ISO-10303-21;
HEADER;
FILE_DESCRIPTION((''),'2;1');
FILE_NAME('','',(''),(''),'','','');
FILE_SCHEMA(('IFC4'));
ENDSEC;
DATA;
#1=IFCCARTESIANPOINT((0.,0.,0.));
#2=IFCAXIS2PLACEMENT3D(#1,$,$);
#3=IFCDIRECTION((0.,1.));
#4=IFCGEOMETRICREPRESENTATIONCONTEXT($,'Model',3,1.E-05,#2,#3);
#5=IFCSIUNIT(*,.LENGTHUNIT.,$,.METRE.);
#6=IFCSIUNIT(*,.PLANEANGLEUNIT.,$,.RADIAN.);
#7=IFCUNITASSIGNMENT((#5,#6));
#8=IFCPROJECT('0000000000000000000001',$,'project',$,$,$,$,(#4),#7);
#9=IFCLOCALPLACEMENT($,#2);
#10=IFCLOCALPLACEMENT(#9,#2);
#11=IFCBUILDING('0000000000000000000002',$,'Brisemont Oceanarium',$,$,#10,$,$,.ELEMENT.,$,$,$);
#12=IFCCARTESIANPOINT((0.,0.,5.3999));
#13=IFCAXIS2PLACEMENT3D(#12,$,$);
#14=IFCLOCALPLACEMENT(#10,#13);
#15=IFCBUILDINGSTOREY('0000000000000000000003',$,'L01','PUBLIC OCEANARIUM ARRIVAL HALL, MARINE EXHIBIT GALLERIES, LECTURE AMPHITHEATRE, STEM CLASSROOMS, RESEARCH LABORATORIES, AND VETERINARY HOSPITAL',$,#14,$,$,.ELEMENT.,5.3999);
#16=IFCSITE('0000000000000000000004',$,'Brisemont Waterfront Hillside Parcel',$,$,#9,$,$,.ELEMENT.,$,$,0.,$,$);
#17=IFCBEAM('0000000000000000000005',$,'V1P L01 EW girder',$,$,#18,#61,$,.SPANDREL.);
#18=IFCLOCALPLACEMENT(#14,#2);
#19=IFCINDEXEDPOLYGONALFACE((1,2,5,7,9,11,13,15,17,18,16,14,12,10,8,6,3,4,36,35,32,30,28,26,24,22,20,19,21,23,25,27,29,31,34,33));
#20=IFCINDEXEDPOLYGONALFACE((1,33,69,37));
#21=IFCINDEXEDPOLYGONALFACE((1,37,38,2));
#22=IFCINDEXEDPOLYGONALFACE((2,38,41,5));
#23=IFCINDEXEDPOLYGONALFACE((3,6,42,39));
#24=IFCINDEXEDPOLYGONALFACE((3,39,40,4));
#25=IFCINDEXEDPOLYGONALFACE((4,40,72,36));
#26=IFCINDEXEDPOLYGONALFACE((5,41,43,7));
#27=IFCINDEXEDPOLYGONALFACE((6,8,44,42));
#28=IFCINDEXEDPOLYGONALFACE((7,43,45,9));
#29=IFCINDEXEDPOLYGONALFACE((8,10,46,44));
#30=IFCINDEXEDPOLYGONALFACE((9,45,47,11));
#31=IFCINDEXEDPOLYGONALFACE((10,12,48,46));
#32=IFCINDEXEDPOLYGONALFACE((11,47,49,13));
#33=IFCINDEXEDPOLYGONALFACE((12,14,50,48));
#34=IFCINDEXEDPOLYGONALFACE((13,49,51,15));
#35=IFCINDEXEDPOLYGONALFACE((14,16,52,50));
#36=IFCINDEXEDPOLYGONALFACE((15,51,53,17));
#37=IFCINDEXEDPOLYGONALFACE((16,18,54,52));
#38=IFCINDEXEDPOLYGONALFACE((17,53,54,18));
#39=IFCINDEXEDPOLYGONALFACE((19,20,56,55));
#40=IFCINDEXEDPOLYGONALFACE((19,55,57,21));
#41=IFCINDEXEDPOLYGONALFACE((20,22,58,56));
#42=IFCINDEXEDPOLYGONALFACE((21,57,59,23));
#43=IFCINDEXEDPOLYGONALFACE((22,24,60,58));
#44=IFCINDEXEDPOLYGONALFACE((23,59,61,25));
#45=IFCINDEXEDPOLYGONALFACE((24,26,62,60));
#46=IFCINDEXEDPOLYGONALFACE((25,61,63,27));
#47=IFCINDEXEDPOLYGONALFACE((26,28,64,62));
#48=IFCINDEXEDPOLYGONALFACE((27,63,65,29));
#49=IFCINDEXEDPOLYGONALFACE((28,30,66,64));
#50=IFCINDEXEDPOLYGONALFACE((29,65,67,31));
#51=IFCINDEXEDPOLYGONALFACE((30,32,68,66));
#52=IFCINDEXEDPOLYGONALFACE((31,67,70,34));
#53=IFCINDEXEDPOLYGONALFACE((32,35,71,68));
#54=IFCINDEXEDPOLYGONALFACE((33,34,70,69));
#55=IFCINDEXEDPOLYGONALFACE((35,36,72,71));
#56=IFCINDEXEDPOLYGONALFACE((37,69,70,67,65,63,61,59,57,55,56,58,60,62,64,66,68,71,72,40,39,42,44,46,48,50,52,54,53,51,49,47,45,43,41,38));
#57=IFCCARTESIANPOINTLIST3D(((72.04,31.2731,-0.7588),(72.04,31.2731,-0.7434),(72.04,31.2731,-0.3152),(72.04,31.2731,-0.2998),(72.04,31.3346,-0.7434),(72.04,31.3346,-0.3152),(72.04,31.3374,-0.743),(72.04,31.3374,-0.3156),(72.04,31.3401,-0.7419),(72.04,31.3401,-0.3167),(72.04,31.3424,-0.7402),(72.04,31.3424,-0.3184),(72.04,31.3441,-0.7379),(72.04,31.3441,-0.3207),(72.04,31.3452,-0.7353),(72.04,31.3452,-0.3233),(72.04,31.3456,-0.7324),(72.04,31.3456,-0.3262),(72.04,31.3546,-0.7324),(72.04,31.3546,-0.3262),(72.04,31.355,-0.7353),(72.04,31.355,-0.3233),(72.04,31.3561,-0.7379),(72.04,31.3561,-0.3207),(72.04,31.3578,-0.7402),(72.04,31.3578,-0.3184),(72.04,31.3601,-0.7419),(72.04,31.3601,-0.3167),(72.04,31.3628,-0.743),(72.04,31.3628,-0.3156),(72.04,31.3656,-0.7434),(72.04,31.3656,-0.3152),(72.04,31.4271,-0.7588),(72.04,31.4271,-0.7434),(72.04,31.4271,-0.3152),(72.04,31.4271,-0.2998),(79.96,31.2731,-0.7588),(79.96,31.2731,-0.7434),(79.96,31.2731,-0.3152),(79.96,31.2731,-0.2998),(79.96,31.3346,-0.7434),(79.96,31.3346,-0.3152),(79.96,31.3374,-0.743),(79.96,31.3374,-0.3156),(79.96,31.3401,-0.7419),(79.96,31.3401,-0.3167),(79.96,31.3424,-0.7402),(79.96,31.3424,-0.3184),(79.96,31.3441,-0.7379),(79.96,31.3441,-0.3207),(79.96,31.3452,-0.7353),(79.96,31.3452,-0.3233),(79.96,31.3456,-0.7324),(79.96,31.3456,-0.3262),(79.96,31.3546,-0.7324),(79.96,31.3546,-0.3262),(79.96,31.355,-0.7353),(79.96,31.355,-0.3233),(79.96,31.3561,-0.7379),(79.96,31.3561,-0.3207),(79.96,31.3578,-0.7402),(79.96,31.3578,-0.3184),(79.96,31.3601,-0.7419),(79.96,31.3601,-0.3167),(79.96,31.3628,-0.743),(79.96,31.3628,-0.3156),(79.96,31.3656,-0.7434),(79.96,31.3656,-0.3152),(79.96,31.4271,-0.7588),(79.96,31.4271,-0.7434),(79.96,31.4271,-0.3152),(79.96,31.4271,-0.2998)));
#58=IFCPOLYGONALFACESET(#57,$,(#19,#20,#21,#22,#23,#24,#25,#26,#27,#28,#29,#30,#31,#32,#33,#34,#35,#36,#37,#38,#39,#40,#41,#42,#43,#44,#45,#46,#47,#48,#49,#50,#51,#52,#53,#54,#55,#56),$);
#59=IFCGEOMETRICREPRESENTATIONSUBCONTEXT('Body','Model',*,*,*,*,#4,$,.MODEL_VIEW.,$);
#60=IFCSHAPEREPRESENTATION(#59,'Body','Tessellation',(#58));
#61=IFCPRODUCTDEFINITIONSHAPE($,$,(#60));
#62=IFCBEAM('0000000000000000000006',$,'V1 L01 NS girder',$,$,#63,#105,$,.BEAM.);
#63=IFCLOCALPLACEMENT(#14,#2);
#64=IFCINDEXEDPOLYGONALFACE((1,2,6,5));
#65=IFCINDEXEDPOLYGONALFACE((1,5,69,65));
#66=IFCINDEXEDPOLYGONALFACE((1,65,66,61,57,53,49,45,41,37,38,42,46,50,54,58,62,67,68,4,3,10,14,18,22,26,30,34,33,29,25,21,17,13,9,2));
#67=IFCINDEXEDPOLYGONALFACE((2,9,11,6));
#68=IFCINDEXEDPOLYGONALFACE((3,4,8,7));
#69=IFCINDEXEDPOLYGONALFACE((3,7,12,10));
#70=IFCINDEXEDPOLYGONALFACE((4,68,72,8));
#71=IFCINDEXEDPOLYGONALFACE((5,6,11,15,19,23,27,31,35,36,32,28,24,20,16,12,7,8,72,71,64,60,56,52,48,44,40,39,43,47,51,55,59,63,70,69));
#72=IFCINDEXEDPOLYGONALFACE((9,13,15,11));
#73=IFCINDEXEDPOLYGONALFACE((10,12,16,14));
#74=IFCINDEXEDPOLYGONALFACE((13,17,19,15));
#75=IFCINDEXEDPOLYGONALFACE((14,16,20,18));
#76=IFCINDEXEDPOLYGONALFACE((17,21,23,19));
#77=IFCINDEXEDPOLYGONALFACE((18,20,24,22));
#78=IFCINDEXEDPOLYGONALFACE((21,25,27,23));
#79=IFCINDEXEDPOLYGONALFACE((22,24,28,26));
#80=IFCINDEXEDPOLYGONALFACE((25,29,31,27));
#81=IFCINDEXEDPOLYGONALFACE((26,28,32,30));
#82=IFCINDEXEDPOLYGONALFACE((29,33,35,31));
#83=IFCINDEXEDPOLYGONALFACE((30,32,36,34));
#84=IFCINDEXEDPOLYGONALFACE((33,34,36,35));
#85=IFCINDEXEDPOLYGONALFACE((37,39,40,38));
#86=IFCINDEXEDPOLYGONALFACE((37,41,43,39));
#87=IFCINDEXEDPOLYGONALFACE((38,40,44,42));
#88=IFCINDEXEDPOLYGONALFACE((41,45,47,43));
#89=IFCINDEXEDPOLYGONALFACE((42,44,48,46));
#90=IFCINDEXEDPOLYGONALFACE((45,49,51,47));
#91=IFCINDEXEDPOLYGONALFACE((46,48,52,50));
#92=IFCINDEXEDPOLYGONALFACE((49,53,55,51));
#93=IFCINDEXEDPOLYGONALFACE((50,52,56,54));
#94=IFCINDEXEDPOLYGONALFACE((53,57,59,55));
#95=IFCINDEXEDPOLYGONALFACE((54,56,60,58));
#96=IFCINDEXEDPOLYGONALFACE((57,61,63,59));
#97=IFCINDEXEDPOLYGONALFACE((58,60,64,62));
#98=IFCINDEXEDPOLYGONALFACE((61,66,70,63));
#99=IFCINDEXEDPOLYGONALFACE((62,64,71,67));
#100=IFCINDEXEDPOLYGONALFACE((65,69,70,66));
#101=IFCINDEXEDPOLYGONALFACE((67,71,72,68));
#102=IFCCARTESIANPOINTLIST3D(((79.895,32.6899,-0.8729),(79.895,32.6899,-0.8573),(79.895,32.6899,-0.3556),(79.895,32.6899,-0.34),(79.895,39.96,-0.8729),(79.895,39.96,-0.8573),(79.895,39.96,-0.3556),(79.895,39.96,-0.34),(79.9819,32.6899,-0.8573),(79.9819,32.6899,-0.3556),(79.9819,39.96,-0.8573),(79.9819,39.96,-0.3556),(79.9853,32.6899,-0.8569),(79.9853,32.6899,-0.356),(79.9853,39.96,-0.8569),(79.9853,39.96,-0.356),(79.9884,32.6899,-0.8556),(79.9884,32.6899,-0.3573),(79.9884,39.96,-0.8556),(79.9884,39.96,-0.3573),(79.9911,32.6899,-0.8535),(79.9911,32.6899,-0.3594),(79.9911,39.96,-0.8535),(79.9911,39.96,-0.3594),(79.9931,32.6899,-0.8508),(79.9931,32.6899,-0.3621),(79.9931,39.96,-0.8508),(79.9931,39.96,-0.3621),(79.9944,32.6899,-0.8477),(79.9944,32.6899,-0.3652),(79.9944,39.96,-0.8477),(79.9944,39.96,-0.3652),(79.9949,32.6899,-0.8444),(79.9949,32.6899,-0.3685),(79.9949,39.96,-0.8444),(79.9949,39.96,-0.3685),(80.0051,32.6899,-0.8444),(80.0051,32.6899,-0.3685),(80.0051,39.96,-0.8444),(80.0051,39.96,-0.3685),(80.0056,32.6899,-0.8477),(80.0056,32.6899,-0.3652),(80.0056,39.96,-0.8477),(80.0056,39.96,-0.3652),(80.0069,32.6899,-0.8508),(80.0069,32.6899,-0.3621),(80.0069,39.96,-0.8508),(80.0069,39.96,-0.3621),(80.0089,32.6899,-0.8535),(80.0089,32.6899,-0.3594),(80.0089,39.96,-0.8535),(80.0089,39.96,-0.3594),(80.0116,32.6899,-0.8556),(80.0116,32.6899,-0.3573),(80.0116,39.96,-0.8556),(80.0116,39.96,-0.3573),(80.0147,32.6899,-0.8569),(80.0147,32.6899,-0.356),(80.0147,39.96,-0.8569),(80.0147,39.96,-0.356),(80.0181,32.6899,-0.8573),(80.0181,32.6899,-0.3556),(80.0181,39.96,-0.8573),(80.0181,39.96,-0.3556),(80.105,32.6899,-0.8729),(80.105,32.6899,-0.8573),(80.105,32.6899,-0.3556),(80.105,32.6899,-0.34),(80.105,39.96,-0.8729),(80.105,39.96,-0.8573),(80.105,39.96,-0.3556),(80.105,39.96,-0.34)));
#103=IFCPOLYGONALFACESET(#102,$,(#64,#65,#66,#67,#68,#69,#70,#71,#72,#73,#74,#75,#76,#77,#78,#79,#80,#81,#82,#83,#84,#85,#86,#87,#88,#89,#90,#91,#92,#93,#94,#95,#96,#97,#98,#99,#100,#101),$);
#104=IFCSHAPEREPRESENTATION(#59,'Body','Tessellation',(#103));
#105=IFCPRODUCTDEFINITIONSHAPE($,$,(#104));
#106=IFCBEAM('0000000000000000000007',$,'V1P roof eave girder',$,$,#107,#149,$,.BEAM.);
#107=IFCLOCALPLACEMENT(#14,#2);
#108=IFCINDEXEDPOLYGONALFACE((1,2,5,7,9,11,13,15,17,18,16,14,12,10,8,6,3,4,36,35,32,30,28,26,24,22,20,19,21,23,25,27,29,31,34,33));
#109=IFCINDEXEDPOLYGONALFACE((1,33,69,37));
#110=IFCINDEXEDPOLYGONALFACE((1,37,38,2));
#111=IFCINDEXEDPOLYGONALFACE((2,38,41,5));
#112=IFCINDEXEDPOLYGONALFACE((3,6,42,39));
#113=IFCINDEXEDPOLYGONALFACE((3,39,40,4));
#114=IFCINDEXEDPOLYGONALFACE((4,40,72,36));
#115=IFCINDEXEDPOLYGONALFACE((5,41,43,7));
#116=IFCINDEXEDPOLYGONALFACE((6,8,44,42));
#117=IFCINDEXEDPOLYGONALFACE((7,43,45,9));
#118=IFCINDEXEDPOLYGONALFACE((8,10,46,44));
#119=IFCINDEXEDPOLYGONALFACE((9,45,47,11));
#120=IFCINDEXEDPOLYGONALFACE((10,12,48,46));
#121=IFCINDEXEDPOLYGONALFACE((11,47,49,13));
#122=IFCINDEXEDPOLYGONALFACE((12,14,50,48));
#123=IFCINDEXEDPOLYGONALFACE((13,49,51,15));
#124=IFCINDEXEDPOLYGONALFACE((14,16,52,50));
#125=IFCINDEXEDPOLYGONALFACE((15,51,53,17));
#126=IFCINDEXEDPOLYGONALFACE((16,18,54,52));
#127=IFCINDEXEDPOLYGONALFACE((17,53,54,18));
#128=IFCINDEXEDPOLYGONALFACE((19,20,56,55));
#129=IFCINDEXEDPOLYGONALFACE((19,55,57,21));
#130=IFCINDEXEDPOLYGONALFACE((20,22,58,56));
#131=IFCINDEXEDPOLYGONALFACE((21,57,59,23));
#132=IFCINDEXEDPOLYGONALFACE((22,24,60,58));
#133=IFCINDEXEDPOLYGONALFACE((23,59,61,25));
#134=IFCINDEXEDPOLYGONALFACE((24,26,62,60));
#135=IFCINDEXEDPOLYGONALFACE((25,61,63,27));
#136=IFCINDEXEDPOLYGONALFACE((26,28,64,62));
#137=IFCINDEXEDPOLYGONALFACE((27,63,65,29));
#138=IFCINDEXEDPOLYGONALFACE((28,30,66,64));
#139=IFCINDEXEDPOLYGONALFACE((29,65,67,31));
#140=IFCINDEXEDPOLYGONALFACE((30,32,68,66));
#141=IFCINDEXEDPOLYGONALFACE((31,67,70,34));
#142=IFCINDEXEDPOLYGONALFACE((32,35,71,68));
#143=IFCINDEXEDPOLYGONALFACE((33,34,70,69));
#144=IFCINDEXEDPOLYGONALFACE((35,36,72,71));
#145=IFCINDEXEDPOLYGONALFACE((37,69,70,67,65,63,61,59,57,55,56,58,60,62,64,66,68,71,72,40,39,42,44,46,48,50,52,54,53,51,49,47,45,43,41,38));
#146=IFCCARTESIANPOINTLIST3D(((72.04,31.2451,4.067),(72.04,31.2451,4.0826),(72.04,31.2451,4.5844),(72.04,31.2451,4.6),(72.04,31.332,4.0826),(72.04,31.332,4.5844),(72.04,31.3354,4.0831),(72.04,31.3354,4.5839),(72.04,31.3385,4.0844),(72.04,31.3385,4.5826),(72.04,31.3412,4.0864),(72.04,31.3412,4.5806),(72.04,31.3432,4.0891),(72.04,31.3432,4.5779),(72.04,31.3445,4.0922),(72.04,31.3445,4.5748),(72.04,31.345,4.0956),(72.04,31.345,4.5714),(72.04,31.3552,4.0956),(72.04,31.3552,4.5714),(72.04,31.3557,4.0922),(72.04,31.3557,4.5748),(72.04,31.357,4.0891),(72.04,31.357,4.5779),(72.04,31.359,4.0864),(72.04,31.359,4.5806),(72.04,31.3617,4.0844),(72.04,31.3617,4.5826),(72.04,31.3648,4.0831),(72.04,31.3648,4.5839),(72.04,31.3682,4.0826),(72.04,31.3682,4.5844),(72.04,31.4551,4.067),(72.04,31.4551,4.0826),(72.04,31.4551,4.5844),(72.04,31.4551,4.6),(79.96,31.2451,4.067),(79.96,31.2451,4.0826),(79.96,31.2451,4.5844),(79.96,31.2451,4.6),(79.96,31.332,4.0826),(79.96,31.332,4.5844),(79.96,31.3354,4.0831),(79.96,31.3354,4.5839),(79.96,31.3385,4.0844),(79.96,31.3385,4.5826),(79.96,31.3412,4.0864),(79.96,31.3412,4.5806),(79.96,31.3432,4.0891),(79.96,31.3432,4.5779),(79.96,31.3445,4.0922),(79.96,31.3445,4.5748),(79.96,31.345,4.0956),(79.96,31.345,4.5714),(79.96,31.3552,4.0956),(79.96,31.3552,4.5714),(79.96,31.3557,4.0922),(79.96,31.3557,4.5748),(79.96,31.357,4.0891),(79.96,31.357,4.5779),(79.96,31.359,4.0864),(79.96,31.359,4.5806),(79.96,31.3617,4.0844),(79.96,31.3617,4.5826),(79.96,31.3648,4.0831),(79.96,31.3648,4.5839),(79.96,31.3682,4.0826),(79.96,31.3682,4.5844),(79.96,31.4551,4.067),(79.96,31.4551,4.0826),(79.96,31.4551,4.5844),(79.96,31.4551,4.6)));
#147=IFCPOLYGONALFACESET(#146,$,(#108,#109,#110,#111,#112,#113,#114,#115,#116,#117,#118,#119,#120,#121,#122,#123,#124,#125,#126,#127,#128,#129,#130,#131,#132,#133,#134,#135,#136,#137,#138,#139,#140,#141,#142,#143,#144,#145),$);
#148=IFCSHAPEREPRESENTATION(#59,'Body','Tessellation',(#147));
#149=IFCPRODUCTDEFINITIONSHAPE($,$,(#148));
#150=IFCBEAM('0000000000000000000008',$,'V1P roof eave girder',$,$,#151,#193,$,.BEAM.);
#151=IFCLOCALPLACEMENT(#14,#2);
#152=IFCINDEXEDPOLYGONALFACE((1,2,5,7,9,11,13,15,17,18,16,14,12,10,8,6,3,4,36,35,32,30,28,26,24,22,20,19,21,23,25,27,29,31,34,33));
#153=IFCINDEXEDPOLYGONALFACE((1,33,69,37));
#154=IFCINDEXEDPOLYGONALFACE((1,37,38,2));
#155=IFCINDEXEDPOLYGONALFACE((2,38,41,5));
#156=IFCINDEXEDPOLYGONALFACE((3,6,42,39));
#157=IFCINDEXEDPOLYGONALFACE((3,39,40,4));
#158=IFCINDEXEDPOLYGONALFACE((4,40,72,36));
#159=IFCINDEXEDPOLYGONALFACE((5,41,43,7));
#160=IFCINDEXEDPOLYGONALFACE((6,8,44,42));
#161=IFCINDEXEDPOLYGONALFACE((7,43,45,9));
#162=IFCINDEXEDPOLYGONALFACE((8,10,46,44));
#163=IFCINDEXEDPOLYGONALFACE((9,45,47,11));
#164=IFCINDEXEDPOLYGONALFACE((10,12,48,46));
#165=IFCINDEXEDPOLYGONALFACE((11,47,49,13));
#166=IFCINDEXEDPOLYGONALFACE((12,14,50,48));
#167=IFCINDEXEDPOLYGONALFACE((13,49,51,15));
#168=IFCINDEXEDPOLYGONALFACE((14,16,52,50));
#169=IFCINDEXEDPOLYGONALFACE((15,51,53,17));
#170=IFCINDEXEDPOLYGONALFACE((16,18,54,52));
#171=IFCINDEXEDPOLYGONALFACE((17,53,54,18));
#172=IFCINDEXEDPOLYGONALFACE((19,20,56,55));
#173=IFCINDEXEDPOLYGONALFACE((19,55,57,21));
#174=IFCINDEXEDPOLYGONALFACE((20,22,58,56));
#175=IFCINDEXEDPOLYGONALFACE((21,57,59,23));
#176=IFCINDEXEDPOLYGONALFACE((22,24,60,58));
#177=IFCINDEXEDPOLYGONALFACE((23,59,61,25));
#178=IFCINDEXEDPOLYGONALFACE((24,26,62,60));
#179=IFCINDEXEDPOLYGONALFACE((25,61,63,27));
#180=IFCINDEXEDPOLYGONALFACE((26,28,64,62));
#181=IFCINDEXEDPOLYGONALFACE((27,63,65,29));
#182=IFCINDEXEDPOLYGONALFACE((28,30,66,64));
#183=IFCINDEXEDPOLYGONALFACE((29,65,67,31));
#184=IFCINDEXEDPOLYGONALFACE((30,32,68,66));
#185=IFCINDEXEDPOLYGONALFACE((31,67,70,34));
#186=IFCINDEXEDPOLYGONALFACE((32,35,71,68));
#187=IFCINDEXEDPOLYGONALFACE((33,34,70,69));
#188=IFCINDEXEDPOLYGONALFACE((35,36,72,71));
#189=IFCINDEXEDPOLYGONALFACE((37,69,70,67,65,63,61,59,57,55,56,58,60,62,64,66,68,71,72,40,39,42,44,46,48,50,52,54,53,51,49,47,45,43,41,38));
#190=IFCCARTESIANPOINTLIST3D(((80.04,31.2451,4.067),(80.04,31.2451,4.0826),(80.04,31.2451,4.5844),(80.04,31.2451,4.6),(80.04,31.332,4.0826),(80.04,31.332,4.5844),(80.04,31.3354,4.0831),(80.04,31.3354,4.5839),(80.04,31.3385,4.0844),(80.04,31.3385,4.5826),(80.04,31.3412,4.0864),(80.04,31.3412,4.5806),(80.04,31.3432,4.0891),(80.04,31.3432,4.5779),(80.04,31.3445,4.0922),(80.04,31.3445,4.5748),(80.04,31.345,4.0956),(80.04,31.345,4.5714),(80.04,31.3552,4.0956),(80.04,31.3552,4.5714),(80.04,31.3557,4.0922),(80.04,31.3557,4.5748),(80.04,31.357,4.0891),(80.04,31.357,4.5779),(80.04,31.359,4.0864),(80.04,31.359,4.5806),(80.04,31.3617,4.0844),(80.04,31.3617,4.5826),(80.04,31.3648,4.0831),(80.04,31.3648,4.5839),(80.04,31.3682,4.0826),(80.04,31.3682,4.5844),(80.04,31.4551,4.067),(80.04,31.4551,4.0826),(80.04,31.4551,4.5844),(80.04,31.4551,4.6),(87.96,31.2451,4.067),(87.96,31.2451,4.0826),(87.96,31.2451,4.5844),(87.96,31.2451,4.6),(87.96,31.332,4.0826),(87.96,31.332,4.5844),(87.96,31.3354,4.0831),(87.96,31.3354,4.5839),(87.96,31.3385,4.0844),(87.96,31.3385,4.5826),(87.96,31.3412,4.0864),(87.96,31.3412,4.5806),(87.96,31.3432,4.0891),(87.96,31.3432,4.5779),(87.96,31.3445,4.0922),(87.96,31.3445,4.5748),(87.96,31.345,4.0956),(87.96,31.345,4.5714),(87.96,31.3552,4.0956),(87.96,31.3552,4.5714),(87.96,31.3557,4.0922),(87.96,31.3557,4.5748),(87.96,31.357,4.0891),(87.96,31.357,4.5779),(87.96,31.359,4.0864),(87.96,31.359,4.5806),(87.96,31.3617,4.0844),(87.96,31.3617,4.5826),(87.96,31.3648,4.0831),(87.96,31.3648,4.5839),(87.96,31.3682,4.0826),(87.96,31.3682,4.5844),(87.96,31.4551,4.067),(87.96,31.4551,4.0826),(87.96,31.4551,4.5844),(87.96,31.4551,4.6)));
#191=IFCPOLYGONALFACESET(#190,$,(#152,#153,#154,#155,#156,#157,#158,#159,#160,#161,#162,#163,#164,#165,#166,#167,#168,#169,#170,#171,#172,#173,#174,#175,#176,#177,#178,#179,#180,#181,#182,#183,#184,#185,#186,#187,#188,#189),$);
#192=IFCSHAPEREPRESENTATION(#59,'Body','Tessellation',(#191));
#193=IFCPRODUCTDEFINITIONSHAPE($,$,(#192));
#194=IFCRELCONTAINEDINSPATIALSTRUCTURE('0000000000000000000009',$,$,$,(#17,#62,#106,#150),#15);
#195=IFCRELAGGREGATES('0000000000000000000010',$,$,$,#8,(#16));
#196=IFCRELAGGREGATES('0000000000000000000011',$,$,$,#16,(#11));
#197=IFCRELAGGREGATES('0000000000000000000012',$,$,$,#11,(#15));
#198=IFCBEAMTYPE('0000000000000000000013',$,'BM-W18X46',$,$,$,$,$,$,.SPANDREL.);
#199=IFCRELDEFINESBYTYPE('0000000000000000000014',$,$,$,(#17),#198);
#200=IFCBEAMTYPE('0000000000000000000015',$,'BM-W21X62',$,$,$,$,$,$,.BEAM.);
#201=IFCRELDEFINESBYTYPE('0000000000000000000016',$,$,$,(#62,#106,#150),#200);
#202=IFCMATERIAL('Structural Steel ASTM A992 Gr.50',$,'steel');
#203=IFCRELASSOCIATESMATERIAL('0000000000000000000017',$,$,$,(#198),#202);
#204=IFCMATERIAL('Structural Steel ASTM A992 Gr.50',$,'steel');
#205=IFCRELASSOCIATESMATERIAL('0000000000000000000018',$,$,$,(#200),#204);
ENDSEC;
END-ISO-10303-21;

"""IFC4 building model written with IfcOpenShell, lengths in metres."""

from ifc_helpers import new_model, si_unit, direction, frame, origin, origin_2d, place, context, subcontext, project, spatial, i_section, extrude, material, material_profile, profile_set, type_object, element, save


model = new_model("IFC4")

# Units and contexts
model_context = context("Model", 3, precision=1e-05, world=origin(), true_north=direction((0.0, 1.0)))
body_context = subcontext(model_context, "Body", "Model", "MODEL_VIEW")
ifc_project = project(units=[si_unit("LENGTHUNIT", "METRE"), si_unit("PLANEANGLEUNIT", "RADIAN")], contexts=[model_context])

# Site, building, storey
site_placement = place(None, origin())
site = spatial("IfcSite", under=ifc_project, at=site_placement, Name="Brisemont Waterfront Hillside Parcel", CompositionType="ELEMENT", RefElevation=0.0)
building_placement = place(site_placement, origin())
building = spatial("IfcBuilding", under=site, at=building_placement, Name="Brisemont Oceanarium", CompositionType="ELEMENT")
storey_placement = place(building_placement, frame((0.0, 0.0, 5.3999)))
storey = spatial("IfcBuildingStorey", under=building, at=storey_placement, Name="L01", Description="PUBLIC OCEANARIUM ARRIVAL HALL, MARINE EXHIBIT GALLERIES, LECTURE AMPHITHEATRE, STEM CLASSROOMS, RESEARCH LABORATORIES, AND VETERINARY HOSPITAL", CompositionType="ELEMENT", Elevation=5.3999)

# Beams
ifc_material_1 = material(Name="Structural Steel ASTM A992 Gr.50", Category="steel")
ifc_material_profile_1 = material_profile(ifc_material_1, i_section(OverallWidth=0.1541, OverallDepth=0.459, WebThickness=0.009, FlangeThickness=0.0154, FilletRadius=0.011, at=origin_2d()), Name="W18X46")
ifc_profile_set_1 = profile_set([ifc_material_profile_1], Name="Structural Steel ASTM A992 Gr.50")
beam_type_1 = type_object("IfcBeamType", Name="BM-W18X46", PredefinedType="SPANDREL", material=ifc_profile_set_1)
for number, where, z_axis, x_axis, name in (
    (1, (72.04, 31.3501, -0.5293), (1.0, 0.0, 0.0), (0.0, 1.0, 0.0), "V1P L01 EW girder"),
):
    element("IfcBeam", number, at=place(storey_placement, frame(where, z_axis=z_axis, x_axis=x_axis)), inside=storey, type_object=beam_type_1, Name=name, PredefinedType="SPANDREL", context=body_context, shape_type="SweptSolid", body=[
        extrude(i_section(OverallWidth=0.1541, OverallDepth=0.459, WebThickness=0.009, FlangeThickness=0.0154, FilletRadius=0.011, at=origin_2d()), origin(), (0.0, 0.0, 1.0), 7.9199),
    ])
ifc_material_2 = material(Name="Structural Steel ASTM A992 Gr.50", Category="steel")
ifc_material_profile_2 = material_profile(ifc_material_2, i_section(OverallWidth=0.21, OverallDepth=0.533, WebThickness=0.0103, FlangeThickness=0.0156, FilletRadius=0.0129, at=origin_2d()), Name="W21X62")
ifc_profile_set_2 = profile_set([ifc_material_profile_2], Name="Structural Steel ASTM A992 Gr.50")
beam_type_2 = type_object("IfcBeamType", Name="BM-W21X62", PredefinedType="BEAM", material=ifc_profile_set_2)
beam_1_placement = place(storey_placement, frame((80.0, 32.6899, -0.6064), z_axis=(0.0, 1.0, 0.0), x_axis=(-1.0, 0.0, 0.0)))
element("IfcBeam", 2, at=beam_1_placement, inside=storey, type_object=beam_type_2, Name="V1 L01 NS girder", PredefinedType="BEAM", context=body_context, shape_type="SweptSolid", body=[
    extrude(i_section(OverallWidth=0.21, OverallDepth=0.533, WebThickness=0.0103, FlangeThickness=0.0156, FilletRadius=0.0129, at=origin_2d()), origin(), (0.0, 0.0, 1.0), 7.27),
])
for number, where, z_axis, x_axis, name in (
    (3, (72.04, 31.3501, 4.3335), (1.0, 0.0, 0.0), (0.0, 1.0, 0.0), "V1P roof eave girder"),
    (4, (80.04, 31.3501, 4.3335), (1.0, 0.0, 0.0), (0.0, 1.0, 0.0), "V1P roof eave girder"),
):
    element("IfcBeam", number, at=place(storey_placement, frame(where, z_axis=z_axis, x_axis=x_axis)), inside=storey, type_object=beam_type_2, Name=name, PredefinedType="BEAM", context=body_context, shape_type="SweptSolid", body=[
        extrude(i_section(OverallWidth=0.21, OverallDepth=0.533, WebThickness=0.0103, FlangeThickness=0.0156, FilletRadius=0.0129, at=origin_2d()), origin(), (0.0, 0.0, 1.0), 7.9199),
    ])

save(model, "model.ifc")
